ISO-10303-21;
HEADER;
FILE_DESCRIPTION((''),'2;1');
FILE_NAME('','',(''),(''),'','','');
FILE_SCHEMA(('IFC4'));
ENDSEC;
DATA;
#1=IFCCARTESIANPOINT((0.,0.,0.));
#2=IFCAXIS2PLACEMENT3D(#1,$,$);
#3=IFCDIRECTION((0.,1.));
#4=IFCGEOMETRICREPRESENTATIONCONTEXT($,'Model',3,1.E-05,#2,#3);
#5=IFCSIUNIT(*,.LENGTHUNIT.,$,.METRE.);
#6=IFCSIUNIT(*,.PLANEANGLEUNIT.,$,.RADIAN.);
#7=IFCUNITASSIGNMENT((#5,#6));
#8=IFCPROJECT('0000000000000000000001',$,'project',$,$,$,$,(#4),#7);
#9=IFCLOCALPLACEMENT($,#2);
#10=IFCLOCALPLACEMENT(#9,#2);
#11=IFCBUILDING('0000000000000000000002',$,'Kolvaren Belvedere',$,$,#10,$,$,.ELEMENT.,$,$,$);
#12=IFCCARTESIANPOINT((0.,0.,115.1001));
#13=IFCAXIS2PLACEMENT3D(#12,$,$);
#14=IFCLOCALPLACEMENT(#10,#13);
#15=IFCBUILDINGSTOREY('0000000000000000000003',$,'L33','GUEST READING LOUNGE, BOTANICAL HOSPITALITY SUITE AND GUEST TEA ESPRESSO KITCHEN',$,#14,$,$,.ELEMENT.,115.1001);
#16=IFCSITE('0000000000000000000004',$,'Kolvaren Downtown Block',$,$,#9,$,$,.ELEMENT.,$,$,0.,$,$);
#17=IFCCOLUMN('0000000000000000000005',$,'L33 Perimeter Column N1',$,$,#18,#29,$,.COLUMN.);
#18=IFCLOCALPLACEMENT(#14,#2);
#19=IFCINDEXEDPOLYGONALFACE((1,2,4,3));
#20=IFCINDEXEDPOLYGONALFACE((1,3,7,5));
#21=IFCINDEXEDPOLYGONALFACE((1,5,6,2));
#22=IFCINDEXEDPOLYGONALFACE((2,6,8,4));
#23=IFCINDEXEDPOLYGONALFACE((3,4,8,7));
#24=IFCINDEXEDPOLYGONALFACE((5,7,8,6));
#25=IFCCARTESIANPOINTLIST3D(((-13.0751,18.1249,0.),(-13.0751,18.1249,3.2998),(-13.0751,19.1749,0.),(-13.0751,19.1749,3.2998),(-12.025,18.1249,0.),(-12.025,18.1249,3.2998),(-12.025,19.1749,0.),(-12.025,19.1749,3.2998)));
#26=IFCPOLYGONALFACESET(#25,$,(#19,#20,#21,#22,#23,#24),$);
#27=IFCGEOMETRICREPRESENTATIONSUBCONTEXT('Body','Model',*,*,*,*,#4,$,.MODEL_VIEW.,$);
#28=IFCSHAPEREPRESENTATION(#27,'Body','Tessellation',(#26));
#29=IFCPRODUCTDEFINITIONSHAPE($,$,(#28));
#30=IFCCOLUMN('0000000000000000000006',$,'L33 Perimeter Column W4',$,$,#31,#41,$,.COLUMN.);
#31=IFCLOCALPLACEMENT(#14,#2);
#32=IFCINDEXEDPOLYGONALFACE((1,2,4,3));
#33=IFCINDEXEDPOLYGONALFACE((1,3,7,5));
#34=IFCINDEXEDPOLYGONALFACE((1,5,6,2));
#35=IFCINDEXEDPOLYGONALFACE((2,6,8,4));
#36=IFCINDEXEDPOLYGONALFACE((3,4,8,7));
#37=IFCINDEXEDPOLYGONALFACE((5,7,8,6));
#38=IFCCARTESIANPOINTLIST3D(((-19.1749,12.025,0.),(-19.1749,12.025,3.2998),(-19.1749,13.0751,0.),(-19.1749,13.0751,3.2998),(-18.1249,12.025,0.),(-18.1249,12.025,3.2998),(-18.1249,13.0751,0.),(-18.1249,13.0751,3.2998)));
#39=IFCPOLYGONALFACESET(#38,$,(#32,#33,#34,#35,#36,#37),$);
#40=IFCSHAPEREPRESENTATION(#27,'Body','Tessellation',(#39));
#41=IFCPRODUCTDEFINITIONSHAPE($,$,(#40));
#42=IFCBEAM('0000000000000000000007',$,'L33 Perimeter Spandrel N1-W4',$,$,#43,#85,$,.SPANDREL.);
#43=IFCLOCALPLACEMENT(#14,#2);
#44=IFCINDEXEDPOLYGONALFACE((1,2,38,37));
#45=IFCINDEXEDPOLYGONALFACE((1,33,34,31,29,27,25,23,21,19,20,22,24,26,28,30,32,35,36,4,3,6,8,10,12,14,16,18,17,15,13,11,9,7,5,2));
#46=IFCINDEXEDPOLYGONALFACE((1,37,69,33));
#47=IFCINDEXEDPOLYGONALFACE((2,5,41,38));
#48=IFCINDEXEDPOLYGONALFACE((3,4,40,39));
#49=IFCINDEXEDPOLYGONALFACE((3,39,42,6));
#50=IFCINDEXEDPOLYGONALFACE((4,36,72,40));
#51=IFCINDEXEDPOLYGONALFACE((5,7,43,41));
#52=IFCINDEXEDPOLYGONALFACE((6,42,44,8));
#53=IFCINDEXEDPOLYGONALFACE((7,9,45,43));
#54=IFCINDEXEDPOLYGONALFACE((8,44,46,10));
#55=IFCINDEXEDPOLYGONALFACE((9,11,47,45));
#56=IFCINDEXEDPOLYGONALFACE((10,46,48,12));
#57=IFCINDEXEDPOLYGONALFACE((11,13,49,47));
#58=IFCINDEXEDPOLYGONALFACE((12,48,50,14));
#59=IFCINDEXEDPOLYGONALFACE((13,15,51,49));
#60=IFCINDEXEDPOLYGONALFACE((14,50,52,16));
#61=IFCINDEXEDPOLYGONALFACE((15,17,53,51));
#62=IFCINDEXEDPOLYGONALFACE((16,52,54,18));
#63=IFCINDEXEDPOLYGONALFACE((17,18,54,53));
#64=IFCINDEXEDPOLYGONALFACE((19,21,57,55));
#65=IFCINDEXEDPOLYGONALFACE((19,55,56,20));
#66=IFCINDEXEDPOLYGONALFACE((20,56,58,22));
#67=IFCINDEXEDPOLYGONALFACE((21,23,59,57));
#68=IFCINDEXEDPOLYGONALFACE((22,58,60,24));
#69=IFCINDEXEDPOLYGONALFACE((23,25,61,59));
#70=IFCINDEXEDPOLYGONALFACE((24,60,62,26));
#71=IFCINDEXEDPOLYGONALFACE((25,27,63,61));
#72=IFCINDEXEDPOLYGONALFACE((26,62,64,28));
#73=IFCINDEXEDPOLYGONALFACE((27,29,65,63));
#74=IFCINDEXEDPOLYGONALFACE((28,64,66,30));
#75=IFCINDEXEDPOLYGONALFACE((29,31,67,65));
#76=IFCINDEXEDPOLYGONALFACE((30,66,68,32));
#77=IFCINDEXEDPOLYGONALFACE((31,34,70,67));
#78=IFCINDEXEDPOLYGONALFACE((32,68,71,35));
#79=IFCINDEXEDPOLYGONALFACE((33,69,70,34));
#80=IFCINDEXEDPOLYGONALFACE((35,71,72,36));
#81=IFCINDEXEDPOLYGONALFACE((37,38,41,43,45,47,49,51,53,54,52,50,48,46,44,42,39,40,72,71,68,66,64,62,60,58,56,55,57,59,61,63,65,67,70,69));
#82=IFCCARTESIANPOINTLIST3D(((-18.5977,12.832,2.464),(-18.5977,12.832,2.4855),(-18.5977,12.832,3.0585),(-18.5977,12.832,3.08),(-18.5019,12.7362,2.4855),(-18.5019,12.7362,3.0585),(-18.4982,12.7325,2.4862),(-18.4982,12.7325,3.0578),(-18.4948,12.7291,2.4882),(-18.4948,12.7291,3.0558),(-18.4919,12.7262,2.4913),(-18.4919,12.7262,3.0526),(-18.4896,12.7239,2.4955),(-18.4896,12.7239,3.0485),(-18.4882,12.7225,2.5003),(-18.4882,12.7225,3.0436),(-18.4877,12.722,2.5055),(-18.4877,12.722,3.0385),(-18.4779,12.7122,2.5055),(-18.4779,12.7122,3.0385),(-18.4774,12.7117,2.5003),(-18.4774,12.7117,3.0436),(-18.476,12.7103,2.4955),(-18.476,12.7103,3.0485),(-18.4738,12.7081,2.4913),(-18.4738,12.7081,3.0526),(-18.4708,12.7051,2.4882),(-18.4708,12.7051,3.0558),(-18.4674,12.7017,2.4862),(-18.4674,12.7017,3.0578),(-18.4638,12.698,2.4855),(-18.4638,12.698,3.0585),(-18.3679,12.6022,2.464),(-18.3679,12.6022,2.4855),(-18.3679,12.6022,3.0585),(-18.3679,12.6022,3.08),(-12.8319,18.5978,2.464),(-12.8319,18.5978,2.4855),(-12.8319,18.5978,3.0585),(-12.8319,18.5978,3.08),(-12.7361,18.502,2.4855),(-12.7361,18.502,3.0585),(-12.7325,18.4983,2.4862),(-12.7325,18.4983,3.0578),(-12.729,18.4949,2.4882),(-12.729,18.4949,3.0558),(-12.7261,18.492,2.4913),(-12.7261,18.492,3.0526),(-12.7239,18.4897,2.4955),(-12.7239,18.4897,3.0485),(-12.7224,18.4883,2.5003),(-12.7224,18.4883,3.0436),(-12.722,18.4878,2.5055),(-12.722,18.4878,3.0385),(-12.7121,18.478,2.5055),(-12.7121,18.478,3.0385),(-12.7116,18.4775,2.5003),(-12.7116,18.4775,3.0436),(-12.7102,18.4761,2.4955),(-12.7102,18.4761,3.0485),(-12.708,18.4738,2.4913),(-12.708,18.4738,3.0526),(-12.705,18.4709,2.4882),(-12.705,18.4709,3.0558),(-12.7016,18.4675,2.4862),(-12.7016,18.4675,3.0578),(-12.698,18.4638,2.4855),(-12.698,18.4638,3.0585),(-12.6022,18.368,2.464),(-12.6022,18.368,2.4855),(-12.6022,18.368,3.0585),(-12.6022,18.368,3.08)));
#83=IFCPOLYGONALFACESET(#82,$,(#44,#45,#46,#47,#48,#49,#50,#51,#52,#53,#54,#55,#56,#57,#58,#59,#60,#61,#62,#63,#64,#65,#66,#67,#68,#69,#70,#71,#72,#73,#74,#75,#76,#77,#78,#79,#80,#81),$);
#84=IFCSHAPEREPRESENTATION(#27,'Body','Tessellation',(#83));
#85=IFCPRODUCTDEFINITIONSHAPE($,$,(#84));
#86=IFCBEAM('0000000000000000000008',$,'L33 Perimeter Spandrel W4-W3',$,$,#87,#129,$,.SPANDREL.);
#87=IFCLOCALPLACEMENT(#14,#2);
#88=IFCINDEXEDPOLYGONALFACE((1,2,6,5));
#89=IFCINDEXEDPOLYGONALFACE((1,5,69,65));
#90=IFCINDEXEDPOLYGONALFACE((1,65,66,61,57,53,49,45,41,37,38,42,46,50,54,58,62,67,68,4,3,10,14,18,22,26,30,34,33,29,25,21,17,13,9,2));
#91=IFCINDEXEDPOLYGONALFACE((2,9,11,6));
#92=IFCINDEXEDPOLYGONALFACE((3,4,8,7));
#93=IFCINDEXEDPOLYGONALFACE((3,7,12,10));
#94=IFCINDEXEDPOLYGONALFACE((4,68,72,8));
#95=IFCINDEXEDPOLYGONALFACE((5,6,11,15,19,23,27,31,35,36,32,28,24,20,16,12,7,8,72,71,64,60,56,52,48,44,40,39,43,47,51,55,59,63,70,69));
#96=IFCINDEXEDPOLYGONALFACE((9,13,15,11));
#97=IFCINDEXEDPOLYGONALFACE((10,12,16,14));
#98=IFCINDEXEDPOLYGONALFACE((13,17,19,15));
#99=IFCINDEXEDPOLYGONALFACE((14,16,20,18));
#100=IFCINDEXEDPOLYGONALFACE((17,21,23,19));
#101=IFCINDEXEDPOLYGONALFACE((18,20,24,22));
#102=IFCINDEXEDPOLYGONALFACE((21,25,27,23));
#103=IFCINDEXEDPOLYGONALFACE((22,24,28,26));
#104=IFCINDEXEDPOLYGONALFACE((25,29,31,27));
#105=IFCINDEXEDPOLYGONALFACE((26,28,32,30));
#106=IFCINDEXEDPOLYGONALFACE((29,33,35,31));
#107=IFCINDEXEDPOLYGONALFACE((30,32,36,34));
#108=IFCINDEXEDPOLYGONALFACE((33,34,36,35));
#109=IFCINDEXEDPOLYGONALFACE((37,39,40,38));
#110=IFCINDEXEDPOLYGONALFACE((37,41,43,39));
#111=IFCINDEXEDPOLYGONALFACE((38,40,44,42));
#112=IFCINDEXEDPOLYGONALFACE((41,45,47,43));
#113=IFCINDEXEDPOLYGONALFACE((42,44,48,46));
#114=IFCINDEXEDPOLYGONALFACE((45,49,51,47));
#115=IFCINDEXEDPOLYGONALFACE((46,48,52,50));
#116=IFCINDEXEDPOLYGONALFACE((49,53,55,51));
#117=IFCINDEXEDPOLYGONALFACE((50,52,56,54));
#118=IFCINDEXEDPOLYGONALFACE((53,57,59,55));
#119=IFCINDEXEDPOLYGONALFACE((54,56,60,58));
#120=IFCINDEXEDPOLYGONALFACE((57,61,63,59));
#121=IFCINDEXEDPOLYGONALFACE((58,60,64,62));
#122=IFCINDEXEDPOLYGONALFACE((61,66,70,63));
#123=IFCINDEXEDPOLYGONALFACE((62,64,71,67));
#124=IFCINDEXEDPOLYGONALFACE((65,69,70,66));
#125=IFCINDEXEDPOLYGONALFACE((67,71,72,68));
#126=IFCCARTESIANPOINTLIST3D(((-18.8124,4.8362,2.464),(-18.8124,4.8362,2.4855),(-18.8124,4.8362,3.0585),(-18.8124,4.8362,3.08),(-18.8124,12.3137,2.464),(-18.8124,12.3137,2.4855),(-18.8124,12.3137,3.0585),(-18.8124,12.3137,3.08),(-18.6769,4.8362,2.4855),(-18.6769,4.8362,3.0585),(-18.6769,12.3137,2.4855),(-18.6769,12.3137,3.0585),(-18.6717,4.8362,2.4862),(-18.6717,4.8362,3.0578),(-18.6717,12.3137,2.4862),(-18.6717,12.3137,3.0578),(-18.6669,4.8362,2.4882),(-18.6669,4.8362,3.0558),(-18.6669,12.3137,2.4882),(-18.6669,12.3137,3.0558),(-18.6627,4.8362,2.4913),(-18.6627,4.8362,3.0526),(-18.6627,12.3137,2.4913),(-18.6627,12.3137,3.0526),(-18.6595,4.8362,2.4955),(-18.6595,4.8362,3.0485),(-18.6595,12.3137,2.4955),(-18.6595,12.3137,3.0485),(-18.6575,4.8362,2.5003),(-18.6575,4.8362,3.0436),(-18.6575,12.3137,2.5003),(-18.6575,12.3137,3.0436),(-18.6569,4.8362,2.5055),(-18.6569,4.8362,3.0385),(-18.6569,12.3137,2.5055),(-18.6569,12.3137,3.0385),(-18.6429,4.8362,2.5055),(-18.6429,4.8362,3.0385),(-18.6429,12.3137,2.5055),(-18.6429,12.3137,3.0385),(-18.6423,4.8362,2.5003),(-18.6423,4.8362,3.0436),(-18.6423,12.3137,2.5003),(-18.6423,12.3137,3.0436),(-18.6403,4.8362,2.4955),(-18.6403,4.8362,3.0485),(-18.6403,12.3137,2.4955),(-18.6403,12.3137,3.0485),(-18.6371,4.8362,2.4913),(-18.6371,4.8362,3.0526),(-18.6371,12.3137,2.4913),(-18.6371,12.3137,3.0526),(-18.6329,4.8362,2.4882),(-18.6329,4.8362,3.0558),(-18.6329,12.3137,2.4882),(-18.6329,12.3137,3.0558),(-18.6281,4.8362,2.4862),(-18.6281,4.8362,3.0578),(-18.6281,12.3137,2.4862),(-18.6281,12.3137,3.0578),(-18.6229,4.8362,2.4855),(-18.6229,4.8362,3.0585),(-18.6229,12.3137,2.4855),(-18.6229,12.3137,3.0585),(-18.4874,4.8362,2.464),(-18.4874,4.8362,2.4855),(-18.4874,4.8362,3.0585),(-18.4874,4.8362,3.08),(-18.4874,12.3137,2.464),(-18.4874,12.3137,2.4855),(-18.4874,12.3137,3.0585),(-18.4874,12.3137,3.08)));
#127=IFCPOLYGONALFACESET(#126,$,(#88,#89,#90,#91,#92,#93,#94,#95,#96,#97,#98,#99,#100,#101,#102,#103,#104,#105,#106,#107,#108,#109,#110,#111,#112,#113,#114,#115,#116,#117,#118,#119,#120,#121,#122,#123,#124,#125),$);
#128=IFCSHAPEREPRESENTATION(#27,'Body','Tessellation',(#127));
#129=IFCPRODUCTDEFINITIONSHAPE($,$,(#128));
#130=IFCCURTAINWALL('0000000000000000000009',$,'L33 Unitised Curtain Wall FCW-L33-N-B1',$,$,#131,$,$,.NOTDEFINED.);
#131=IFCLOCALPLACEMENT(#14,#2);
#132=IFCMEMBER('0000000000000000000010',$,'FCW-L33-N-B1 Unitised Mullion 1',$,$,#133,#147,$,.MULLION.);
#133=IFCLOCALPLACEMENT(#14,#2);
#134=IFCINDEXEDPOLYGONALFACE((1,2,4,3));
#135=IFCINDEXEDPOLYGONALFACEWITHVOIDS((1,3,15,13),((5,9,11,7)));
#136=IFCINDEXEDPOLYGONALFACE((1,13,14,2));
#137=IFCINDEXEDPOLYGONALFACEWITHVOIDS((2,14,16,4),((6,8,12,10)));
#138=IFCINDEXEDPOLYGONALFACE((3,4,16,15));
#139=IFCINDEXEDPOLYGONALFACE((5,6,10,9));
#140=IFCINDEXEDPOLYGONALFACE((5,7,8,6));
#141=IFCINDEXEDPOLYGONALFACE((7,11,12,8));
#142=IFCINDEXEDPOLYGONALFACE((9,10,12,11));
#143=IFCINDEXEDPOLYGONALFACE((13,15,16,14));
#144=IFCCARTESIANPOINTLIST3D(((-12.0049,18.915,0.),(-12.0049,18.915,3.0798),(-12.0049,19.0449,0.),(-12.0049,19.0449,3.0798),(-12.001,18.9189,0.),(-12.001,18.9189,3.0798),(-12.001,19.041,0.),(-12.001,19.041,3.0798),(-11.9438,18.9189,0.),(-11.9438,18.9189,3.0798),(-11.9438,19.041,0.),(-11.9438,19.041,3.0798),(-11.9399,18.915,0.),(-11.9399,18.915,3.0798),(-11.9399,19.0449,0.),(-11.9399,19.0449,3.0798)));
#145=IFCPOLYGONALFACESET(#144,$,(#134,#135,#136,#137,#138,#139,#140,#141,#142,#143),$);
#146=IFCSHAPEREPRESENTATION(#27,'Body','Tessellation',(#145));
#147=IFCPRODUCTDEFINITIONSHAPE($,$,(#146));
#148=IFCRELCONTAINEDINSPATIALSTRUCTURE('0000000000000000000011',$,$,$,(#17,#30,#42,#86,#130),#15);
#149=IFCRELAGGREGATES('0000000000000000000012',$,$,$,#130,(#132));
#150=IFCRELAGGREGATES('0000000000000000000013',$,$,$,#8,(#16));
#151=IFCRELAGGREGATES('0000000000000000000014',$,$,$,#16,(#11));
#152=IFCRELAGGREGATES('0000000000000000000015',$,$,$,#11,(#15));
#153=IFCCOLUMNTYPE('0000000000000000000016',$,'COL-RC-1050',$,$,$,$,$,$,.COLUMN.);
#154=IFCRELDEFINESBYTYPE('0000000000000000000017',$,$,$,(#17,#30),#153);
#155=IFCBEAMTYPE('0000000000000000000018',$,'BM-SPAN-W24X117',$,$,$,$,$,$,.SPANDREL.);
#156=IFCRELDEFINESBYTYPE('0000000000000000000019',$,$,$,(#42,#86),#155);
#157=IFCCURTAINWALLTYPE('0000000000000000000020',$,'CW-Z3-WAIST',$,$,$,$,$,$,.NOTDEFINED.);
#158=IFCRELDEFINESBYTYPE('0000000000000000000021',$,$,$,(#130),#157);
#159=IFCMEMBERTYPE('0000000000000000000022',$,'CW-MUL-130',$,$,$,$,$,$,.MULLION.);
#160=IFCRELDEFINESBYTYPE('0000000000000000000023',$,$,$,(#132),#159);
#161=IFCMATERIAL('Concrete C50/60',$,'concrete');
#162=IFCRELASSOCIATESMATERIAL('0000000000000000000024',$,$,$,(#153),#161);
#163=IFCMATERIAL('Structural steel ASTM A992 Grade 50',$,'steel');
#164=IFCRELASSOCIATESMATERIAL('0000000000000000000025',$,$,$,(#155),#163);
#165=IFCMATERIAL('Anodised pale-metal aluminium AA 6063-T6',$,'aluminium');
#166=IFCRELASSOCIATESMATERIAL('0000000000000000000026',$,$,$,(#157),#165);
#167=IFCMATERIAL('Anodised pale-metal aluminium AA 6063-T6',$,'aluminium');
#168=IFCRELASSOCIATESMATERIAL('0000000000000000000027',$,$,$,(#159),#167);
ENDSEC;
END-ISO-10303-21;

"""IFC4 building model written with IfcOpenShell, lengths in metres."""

from ifc_helpers import new_model, si_unit, direction, frame, origin, origin_2d, place, context, subcontext, project, spatial, rectangle, hollow_rectangle, i_section, extrude, material, material_profile, profile_set, type_object, element, aggregate, save


model = new_model("IFC4")

# Units and contexts
model_context = context("Model", 3, precision=1e-05, world=origin(), true_north=direction((0.0, 1.0)))
body_context = subcontext(model_context, "Body", "Model", "MODEL_VIEW")
ifc_project = project(units=[si_unit("LENGTHUNIT", "METRE"), si_unit("PLANEANGLEUNIT", "RADIAN")], contexts=[model_context])

# Site, building, storey
site_placement = place(None, origin())
site = spatial("IfcSite", under=ifc_project, at=site_placement, Name="Kolvaren Downtown Block", CompositionType="ELEMENT", RefElevation=0.0)
building_placement = place(site_placement, origin())
building = spatial("IfcBuilding", under=site, at=building_placement, Name="Kolvaren Belvedere", CompositionType="ELEMENT")
storey_placement = place(building_placement, frame((0.0, 0.0, 115.1001)))
storey = spatial("IfcBuildingStorey", under=building, at=storey_placement, Name="L33", Description="GUEST READING LOUNGE, BOTANICAL HOSPITALITY SUITE AND GUEST TEA ESPRESSO KITCHEN", CompositionType="ELEMENT", Elevation=115.1001)

# Columns
ifc_material_1 = material(Name="Concrete C50/60", Category="concrete")
ifc_material_profile_1 = material_profile(ifc_material_1, rectangle(XDim=1.05, YDim=1.05, at=origin_2d()), Name="RC 1050X1050")
ifc_profile_set_1 = profile_set([ifc_material_profile_1], Name="Concrete C50/60")
column_type = type_object("IfcColumnType", Name="COL-RC-1050", PredefinedType="COLUMN", material=ifc_profile_set_1)
for number, where, z_axis, x_axis, name in (
    (1, (-12.55, 18.6499, 0.0), (0.0, 0.0, 1.0), (1.0, 0.0, 0.0), "L33 Perimeter Column N1"),
    (2, (-18.6499, 12.55, 0.0), (0.0, 0.0, 1.0), (1.0, 0.0, 0.0), "L33 Perimeter Column W4"),
):
    element("IfcColumn", number, at=place(storey_placement, frame(where, z_axis=z_axis, x_axis=x_axis)), inside=storey, type_object=column_type, Name=name, PredefinedType="COLUMN", context=body_context, shape_type="SweptSolid", body=[
        extrude(rectangle(XDim=1.05, YDim=1.05, at=origin_2d()), origin(), (0.0, 0.0, 1.0), 3.2998),
    ])

# Beams
ifc_material_2 = material(Name="Structural steel ASTM A992 Grade 50", Category="steel")
ifc_material_profile_2 = material_profile(ifc_material_2, i_section(OverallWidth=0.325, OverallDepth=0.616, WebThickness=0.0139, FlangeThickness=0.0215, FilletRadius=0.02, at=origin_2d()), Name="W24X117")
ifc_profile_set_2 = profile_set([ifc_material_profile_2], Name="Structural steel ASTM A992 Grade 50")
beam_type = type_object("IfcBeamType", Name="BM-SPAN-W24X117", PredefinedType="SPANDREL", material=ifc_profile_set_2)
beam_1_placement = place(storey_placement, frame((-12.717, 18.4829, 2.772), z_axis=(-0.707107, -0.707107, 0.0), x_axis=(0.707107, -0.707107, 0.0)))
element("IfcBeam", 3, at=beam_1_placement, inside=storey, type_object=beam_type, Name="L33 Perimeter Spandrel N1-W4", PredefinedType="SPANDREL", context=body_context, shape_type="SweptSolid", body=[
    extrude(i_section(OverallWidth=0.325, OverallDepth=0.616, WebThickness=0.0139, FlangeThickness=0.0215, FilletRadius=0.02, at=origin_2d()), origin(), (0.0, 0.0, 1.0), 8.1541),
])
beam_2_placement = place(storey_placement, frame((-18.6499, 12.3137, 2.772), z_axis=(0.0, -1.0, 0.0), x_axis=(1.0, 0.0, 0.0)))
element("IfcBeam", 4, at=beam_2_placement, inside=storey, type_object=beam_type, Name="L33 Perimeter Spandrel W4-W3", PredefinedType="SPANDREL", context=body_context, shape_type="SweptSolid", body=[
    extrude(i_section(OverallWidth=0.325, OverallDepth=0.616, WebThickness=0.0139, FlangeThickness=0.0215, FilletRadius=0.02, at=origin_2d()), origin(), (0.0, 0.0, 1.0), 7.4775),
])

# Curtain wall, member
ifc_material_3 = material(Name="Anodised pale-metal aluminium AA 6063-T6", Category="aluminium")
curtain_wall_type = type_object("IfcCurtainWallType", Name="CW-Z3-WAIST", PredefinedType="NOTDEFINED", material=ifc_material_3)
curtain_wall_placement = place(storey_placement, origin())
curtain_wall = element("IfcCurtainWall", 5, at=curtain_wall_placement, inside=storey, type_object=curtain_wall_type, Name="L33 Unitised Curtain Wall FCW-L33-N-B1", PredefinedType="NOTDEFINED")
ifc_material_4 = material(Name="Anodised pale-metal aluminium AA 6063-T6", Category="aluminium")
ifc_material_profile_3 = material_profile(ifc_material_4, hollow_rectangle(XDim=0.0649, YDim=0.1299, WallThickness=0.0039, at=origin_2d()), Name="ALU-MUL-130X65")
ifc_profile_set_3 = profile_set([ifc_material_profile_3], Name="Anodised pale-metal aluminium AA 6063-T6")
member_type = type_object("IfcMemberType", Name="CW-MUL-130", PredefinedType="MULLION", material=ifc_profile_set_3)
member_placement = place(storey_placement, frame((-11.9724, 18.98, 0.0), z_axis=(0.0, 0.0, 1.0), x_axis=(1.0, 0.0, 0.0)))
member = element("IfcMember", 6, at=member_placement, type_object=member_type, Name="FCW-L33-N-B1 Unitised Mullion 1", PredefinedType="MULLION", context=body_context, shape_type="SweptSolid", body=[
    extrude(hollow_rectangle(XDim=0.0649, YDim=0.1299, WallThickness=0.0039, at=origin_2d()), origin(), (0.0, 0.0, 1.0), 3.0798),
])
aggregate(curtain_wall, [member])

save(model, "model.ifc")
